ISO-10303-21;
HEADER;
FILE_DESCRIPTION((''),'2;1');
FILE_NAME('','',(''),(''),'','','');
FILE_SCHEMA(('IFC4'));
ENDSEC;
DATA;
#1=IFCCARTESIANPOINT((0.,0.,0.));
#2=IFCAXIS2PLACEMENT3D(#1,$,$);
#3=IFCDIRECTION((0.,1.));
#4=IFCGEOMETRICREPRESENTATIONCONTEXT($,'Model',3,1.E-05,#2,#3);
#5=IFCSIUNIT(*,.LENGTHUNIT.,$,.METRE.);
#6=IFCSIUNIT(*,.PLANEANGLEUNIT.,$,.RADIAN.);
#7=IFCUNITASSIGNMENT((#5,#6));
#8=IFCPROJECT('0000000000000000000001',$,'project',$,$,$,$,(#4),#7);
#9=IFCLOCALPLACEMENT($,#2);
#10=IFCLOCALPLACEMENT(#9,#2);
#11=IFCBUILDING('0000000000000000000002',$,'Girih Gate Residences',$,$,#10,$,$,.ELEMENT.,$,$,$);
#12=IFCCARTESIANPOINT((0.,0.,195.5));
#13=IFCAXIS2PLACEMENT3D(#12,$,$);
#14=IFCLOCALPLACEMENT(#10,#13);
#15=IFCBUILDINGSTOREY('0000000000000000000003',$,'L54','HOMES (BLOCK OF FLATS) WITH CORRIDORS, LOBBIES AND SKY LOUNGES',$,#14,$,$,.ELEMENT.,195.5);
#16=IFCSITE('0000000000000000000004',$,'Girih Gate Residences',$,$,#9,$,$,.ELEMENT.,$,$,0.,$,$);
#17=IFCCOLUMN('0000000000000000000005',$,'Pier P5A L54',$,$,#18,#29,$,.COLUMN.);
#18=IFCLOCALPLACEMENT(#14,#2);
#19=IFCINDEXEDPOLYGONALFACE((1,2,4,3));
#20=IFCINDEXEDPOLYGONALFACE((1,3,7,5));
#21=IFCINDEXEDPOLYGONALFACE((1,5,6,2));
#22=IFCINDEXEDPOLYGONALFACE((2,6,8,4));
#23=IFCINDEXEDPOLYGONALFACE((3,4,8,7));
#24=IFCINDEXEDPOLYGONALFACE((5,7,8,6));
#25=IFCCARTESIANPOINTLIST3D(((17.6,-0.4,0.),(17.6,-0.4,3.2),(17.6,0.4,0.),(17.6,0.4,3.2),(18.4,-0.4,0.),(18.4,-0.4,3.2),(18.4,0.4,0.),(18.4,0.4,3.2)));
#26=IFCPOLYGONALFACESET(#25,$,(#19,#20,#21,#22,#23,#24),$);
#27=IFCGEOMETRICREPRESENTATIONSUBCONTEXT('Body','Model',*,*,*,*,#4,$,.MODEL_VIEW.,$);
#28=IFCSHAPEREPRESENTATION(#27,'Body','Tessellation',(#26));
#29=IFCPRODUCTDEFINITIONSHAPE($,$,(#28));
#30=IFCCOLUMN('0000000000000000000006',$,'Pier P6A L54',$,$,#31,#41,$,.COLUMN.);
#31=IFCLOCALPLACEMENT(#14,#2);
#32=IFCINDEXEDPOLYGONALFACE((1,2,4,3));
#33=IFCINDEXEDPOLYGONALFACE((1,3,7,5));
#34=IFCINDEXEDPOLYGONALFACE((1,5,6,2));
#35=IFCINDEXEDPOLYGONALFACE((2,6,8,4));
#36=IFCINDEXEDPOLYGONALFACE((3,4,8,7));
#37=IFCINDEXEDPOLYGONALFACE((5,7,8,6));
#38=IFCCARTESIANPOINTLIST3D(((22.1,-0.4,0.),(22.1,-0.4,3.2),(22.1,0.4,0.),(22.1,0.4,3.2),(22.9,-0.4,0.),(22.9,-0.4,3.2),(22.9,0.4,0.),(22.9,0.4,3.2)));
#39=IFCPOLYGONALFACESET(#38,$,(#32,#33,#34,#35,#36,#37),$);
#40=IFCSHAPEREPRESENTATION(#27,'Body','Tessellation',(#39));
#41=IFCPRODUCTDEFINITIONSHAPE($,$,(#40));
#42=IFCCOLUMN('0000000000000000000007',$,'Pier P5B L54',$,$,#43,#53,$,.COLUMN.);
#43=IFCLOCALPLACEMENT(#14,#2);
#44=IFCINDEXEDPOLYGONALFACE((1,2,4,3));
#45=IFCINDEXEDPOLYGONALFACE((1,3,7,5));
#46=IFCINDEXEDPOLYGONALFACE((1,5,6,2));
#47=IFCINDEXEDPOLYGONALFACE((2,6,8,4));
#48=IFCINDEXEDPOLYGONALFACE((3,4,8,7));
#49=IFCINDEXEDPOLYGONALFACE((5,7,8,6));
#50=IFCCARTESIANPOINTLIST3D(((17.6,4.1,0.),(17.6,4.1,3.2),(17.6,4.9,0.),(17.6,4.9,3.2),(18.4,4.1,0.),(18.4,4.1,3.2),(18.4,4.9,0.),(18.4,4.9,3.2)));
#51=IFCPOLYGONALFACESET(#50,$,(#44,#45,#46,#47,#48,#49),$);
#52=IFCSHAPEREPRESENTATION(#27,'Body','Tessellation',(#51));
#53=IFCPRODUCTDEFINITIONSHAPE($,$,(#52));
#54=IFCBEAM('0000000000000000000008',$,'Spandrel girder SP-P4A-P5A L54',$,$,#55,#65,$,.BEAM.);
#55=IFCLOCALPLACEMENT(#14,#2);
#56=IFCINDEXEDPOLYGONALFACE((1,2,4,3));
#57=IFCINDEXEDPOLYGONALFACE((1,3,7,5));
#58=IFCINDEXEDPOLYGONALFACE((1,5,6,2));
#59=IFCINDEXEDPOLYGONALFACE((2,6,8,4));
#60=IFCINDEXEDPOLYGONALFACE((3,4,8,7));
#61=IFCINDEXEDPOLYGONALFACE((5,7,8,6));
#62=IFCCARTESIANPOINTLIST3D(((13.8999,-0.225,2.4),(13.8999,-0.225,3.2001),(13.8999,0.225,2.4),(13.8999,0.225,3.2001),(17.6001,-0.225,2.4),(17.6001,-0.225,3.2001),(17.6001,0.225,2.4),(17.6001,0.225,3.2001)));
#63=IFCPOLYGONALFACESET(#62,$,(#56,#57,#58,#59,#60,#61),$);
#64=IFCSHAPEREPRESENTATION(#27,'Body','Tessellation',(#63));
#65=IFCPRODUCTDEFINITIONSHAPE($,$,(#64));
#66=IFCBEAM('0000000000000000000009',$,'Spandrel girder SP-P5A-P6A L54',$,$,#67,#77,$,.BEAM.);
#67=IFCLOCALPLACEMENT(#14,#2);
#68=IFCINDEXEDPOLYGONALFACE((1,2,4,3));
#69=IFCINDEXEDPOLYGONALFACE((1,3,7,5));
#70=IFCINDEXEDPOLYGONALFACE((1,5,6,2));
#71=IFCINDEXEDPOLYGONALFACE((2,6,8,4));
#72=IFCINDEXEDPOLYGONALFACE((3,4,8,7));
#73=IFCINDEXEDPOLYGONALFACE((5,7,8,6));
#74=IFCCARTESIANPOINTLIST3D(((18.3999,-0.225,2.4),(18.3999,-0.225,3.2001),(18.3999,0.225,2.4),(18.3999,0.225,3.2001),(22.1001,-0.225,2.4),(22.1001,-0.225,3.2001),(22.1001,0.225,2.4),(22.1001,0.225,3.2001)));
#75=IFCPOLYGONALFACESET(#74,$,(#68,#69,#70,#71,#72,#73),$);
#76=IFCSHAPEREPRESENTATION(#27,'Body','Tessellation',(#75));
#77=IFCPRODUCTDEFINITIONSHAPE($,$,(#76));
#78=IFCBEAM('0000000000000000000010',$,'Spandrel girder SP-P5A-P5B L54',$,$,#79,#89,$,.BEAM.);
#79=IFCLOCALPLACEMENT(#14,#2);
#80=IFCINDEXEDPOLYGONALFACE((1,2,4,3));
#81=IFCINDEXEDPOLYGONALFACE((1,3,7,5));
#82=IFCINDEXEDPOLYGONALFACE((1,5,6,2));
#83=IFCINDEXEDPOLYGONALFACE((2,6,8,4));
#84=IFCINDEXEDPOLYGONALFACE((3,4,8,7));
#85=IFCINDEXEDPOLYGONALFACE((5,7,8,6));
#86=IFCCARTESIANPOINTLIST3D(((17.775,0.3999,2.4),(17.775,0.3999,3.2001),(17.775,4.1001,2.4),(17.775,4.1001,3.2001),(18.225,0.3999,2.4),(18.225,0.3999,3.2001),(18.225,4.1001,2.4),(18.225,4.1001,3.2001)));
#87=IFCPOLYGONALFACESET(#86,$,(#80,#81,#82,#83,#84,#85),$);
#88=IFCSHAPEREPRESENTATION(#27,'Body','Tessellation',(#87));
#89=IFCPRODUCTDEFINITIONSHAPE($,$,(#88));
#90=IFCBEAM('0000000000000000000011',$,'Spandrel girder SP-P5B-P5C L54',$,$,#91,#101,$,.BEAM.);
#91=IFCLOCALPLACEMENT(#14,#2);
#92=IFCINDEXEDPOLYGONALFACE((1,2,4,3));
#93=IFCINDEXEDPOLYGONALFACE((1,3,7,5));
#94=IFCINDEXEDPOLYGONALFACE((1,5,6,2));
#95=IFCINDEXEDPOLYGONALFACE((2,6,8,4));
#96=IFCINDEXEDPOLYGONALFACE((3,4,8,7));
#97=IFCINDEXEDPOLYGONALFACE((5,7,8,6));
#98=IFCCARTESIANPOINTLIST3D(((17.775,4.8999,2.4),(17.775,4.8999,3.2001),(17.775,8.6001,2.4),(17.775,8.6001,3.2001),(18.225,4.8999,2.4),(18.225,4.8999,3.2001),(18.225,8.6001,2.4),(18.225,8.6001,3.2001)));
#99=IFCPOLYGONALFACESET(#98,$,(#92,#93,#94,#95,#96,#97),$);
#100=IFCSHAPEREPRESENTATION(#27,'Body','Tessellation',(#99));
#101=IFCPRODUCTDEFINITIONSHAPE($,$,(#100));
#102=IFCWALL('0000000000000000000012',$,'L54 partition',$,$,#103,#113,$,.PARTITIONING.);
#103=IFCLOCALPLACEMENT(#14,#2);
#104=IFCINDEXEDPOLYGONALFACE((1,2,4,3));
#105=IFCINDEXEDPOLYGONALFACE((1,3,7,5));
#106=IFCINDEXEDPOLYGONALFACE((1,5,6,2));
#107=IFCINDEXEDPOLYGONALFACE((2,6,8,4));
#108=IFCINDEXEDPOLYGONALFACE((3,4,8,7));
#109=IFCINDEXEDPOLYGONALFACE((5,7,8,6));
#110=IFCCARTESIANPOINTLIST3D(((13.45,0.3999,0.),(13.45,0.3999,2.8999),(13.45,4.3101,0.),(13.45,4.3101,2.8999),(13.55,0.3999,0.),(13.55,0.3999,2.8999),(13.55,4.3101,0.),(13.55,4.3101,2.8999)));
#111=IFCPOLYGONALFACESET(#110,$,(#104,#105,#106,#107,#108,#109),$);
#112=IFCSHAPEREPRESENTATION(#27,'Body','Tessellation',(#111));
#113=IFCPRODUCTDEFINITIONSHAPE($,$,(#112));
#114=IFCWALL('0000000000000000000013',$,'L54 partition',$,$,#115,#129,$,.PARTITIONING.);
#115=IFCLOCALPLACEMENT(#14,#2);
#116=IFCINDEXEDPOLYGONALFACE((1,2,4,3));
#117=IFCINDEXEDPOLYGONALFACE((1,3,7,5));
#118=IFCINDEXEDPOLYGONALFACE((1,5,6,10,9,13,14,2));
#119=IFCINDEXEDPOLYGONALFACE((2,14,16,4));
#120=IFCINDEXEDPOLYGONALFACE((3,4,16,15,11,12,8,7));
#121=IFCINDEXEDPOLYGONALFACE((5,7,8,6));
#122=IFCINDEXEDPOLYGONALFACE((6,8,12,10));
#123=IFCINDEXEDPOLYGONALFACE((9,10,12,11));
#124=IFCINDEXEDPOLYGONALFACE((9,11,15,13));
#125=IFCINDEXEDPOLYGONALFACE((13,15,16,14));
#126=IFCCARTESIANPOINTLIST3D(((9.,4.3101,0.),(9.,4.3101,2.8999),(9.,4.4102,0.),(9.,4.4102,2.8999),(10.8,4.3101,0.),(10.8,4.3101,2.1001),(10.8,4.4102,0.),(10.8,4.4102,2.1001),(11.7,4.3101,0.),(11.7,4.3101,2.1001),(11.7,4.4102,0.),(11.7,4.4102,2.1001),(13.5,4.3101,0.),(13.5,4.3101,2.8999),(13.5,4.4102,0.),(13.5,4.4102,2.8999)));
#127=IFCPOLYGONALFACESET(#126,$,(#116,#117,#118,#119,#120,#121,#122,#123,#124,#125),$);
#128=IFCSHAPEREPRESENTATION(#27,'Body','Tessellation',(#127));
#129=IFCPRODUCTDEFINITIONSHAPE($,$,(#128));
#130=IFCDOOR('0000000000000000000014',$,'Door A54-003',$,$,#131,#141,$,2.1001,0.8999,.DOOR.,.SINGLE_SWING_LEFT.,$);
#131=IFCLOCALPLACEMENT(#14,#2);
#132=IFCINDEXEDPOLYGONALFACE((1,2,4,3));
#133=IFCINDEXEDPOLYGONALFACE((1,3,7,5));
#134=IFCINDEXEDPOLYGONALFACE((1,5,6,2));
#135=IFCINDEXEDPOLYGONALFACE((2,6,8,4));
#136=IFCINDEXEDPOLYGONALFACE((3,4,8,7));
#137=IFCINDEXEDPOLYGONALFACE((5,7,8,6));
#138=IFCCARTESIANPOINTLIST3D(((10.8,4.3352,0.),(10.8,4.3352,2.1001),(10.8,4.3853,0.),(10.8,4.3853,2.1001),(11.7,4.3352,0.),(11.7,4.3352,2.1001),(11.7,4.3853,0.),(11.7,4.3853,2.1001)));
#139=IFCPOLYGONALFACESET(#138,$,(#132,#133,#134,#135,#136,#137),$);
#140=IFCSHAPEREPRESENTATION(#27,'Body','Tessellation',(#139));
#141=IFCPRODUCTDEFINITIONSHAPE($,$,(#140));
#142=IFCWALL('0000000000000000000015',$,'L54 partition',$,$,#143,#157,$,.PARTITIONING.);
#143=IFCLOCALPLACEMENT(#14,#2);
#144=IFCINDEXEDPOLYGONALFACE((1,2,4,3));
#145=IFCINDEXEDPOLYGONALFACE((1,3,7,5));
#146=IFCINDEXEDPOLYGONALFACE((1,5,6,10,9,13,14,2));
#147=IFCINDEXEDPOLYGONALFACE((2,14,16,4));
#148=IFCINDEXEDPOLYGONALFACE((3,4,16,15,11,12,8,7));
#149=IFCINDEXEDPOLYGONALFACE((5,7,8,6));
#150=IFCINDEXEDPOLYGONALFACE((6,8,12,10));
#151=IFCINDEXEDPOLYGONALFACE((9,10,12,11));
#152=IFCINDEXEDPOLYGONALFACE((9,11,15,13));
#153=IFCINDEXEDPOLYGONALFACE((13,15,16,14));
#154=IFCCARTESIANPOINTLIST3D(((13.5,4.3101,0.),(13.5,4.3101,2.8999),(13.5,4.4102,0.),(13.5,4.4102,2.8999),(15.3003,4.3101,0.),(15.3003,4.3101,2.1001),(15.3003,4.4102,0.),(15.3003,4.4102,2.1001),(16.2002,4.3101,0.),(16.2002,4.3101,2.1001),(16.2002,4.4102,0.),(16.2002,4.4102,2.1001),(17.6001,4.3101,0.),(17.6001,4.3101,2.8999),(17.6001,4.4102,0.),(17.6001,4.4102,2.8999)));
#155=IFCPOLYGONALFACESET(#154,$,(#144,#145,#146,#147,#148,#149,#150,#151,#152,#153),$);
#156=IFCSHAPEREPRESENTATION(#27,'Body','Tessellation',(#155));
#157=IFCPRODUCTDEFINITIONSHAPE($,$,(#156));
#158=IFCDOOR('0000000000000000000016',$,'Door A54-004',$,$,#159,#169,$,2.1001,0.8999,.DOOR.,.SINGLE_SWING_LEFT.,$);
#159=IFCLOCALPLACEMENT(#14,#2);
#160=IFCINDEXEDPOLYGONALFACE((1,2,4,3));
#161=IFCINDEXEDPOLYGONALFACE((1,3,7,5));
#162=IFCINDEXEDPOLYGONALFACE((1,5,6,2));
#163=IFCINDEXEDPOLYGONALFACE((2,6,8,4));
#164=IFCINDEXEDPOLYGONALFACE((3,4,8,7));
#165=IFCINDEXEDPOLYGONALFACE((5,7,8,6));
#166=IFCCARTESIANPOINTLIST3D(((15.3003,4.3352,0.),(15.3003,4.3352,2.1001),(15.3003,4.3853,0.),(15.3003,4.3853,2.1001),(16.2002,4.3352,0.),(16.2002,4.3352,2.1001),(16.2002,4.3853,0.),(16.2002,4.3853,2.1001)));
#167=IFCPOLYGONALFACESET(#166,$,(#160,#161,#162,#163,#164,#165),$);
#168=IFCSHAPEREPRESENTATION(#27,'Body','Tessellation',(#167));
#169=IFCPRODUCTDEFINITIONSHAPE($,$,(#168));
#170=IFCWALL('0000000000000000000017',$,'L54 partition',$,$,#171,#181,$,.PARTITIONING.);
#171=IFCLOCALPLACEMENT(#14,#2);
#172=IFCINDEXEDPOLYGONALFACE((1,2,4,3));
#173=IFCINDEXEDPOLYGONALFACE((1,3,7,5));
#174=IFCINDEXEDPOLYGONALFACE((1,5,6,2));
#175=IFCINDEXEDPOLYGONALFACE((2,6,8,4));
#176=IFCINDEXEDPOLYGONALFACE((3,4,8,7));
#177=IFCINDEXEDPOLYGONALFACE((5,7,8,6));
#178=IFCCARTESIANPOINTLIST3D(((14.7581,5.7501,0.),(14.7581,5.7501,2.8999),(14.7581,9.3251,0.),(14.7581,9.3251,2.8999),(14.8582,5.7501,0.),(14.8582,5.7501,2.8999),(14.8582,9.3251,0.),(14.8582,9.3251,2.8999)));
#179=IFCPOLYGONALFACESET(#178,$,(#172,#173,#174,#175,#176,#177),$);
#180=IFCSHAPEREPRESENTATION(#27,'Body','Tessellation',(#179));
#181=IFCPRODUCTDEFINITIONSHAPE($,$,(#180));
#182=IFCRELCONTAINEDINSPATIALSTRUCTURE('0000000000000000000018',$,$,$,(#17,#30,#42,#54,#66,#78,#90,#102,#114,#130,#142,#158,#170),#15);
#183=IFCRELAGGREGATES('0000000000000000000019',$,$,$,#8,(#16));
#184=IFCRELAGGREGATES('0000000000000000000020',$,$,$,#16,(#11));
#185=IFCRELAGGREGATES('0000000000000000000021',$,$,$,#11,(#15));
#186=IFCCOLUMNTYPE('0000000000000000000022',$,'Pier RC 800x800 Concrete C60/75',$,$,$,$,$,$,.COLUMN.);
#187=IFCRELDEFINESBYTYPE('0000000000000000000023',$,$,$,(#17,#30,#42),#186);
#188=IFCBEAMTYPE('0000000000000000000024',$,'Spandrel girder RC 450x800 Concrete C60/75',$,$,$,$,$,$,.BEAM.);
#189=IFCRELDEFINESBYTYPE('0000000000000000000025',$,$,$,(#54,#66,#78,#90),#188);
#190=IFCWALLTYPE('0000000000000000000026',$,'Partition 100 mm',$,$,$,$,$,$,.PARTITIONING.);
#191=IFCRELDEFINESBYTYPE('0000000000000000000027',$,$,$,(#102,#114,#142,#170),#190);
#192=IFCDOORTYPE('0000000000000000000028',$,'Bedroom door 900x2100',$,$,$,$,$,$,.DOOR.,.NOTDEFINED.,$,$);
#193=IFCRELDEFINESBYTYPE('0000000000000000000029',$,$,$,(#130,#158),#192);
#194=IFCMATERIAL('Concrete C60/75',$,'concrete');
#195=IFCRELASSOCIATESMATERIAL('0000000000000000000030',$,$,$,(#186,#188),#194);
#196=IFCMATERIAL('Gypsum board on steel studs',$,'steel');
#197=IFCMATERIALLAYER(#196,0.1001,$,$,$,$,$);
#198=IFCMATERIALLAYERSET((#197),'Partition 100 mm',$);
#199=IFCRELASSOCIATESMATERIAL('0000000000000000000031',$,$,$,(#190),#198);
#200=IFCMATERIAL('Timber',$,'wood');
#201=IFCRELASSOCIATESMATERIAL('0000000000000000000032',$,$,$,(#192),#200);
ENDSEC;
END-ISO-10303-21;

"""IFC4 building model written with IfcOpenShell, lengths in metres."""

from ifc_helpers import new_model, si_unit, direction, frame, frame_2d, origin, origin_2d, place, context, subcontext, project, spatial, rectangle, extrude, material, layer, layer_set, material_profile, profile_set, type_object, element, fill, save


model = new_model("IFC4")

# Units and contexts
model_context = context("Model", 3, precision=1e-05, world=origin(), true_north=direction((0.0, 1.0)))
body_context = subcontext(model_context, "Body", "Model", "MODEL_VIEW")
ifc_project = project(units=[si_unit("LENGTHUNIT", "METRE"), si_unit("PLANEANGLEUNIT", "RADIAN")], contexts=[model_context])

# Site, building, storey
site_placement = place(None, origin())
site = spatial("IfcSite", under=ifc_project, at=site_placement, Name="Girih Gate Residences", CompositionType="ELEMENT", RefElevation=0.0)
building_placement = place(site_placement, origin())
building = spatial("IfcBuilding", under=site, at=building_placement, Name="Girih Gate Residences", CompositionType="ELEMENT")
storey_placement = place(building_placement, frame((0.0, 0.0, 195.5)))
storey = spatial("IfcBuildingStorey", under=building, at=storey_placement, Name="L54", Description="HOMES (BLOCK OF FLATS) WITH CORRIDORS, LOBBIES AND SKY LOUNGES", CompositionType="ELEMENT", Elevation=195.5)

# Columns
ifc_material_1 = material(Name="Concrete C60/75", Category="concrete")
ifc_material_profile_1 = material_profile(ifc_material_1, rectangle(XDim=0.8, YDim=0.8, at=origin_2d()))
ifc_profile_set_1 = profile_set([ifc_material_profile_1], Name="Concrete C60/75")
column_type = type_object("IfcColumnType", Name="Pier RC 800x800 Concrete C60/75", PredefinedType="COLUMN", material=ifc_profile_set_1)
for number, where, z_axis, x_axis, name in (
    (1, (18.0, 0.0, 0.0), (0.0, 0.0, 1.0), (1.0, 0.0, 0.0), "Pier P5A L54"),
    (2, (22.5, 0.0, 0.0), (0.0, 0.0, 1.0), (1.0, 0.0, 0.0), "Pier P6A L54"),
    (3, (18.0, 4.5, 0.0), (0.0, 0.0, 1.0), (1.0, 0.0, 0.0), "Pier P5B L54"),
):
    element("IfcColumn", number, at=place(storey_placement, frame(where, z_axis=z_axis, x_axis=x_axis)), inside=storey, type_object=column_type, Name=name, PredefinedType="COLUMN", context=body_context, shape_type="SweptSolid", body=[
        extrude(rectangle(XDim=0.8, YDim=0.8, at=origin_2d()), origin(), (0.0, 0.0, 1.0), 3.2),
    ])

# Beams
ifc_material_profile_2 = material_profile(ifc_material_1, rectangle(XDim=0.45, YDim=0.8, at=origin_2d()))
ifc_profile_set_2 = profile_set([ifc_material_profile_2], Name="Concrete C60/75")
beam_type = type_object("IfcBeamType", Name="Spandrel girder RC 450x800 Concrete C60/75", PredefinedType="BEAM", material=ifc_profile_set_2)
for number, where, z_axis, x_axis, name in (
    (4, (13.8999, 0.0, 2.8), (1.0, 0.0, 0.0), (0.0, 1.0, 0.0), "Spandrel girder SP-P4A-P5A L54"),
    (5, (18.3999, 0.0, 2.8), (1.0, 0.0, 0.0), (0.0, 1.0, 0.0), "Spandrel girder SP-P5A-P6A L54"),
    (6, (18.0, 0.3999, 2.8), (0.0, 1.0, 0.0), (-1.0, 0.0, 0.0), "Spandrel girder SP-P5A-P5B L54"),
    (7, (18.0, 4.8999, 2.8), (0.0, 1.0, 0.0), (-1.0, 0.0, 0.0), "Spandrel girder SP-P5B-P5C L54"),
):
    element("IfcBeam", number, at=place(storey_placement, frame(where, z_axis=z_axis, x_axis=x_axis)), inside=storey, type_object=beam_type, Name=name, PredefinedType="BEAM", context=body_context, shape_type="SweptSolid", body=[
        extrude(rectangle(XDim=0.45, YDim=0.8, at=origin_2d()), origin(), (0.0, 0.0, 1.0), 3.7002),
    ])

# Wall
ifc_material_2 = material(Name="Gypsum board on steel studs", Category="steel")
ifc_layer_1 = layer(ifc_material_2, 0.1001)
ifc_layer_set_1 = layer_set([ifc_layer_1], Name="Partition 100 mm")
wall_type_1 = type_object("IfcWallType", Name="Partition 100 mm", PredefinedType="PARTITIONING", material=ifc_layer_set_1)
wall_1_placement = place(storey_placement, frame((13.5, 0.3999, 0.0), z_axis=(0.0, 0.0, 1.0), x_axis=(0.0, 1.0, 0.0)))
element("IfcWall", 8, at=wall_1_placement, inside=storey, type_object=wall_type_1, Name="L54 partition", PredefinedType="PARTITIONING", context=body_context, shape_type="SweptSolid", body=[
    extrude(rectangle(XDim=3.9102, YDim=0.1001, at=frame_2d((1.9551, 0.0))), origin(), (0.0, 0.0, 1.0), 2.8999),
])

# Walls, openings, doors
wall_2_placement = place(storey_placement, frame((13.5, 4.3601, 0.0), z_axis=(0.0, 0.0, 1.0), x_axis=(-1.0, 0.0, 0.0)))
wall_2 = element("IfcWall", 9, at=wall_2_placement, inside=storey, type_object=wall_type_1, Name="L54 partition", PredefinedType="PARTITIONING", context=body_context, shape_type="SweptSolid", body=[
    extrude(rectangle(XDim=4.5, YDim=0.1001, at=frame_2d((2.25, 0.0))), origin(), (0.0, 0.0, 1.0), 2.8999),
])
opening_1_placement = place(wall_2_placement, frame((1.8, 0.0, 0.0)))
opening_1 = element("IfcOpeningElement", 10, at=opening_1_placement, cuts=wall_2, PredefinedType="OPENING", context=body_context, shape_type="SweptSolid", body=[
    extrude(rectangle(XDim=0.8999, YDim=2.1001, at=frame_2d((0.45, 1.05))), frame((0.0, 0.0601, 0.0), z_axis=(0.0, -1.0, 0.0), x_axis=(1.0, 0.0, 0.0)), (0.0, 0.0, 1.0), 0.1201),
])
ifc_material_3 = material(Name="Timber", Category="wood")
door_type_1 = type_object("IfcDoorType", Name="Bedroom door 900x2100", OperationType="NOTDEFINED", PredefinedType="DOOR", material=ifc_material_3)
door_1_placement = place(opening_1_placement, origin())
door_1 = element("IfcDoor", 11, at=door_1_placement, inside=storey, type_object=door_type_1, Name="Door A54-003", OperationType="SINGLE_SWING_LEFT", OverallHeight=2.1001, OverallWidth=0.8999, PredefinedType="DOOR", context=body_context, shape_type="SweptSolid", body=[
    extrude(rectangle(XDim=0.8999, YDim=2.1001, at=frame_2d((0.45, 1.05))), frame((0.0, 0.0249, 0.0), z_axis=(0.0, -1.0, 0.0), x_axis=(1.0, 0.0, 0.0)), (0.0, 0.0, 1.0), 0.05),
])
fill(opening_1, door_1)
wall_3_placement = place(storey_placement, frame((17.6001, 4.3601, 0.0), z_axis=(0.0, 0.0, 1.0), x_axis=(-1.0, 0.0, 0.0)))
wall_3 = element("IfcWall", 12, at=wall_3_placement, inside=storey, type_object=wall_type_1, Name="L54 partition", PredefinedType="PARTITIONING", context=body_context, shape_type="SweptSolid", body=[
    extrude(rectangle(XDim=4.1001, YDim=0.1001, at=frame_2d((2.05, 0.0))), origin(), (0.0, 0.0, 1.0), 2.8999),
])
opening_2_placement = place(wall_3_placement, frame((1.3999, 0.0, 0.0)))
opening_2 = element("IfcOpeningElement", 13, at=opening_2_placement, cuts=wall_3, PredefinedType="OPENING", context=body_context, shape_type="SweptSolid", body=[
    extrude(rectangle(XDim=0.8999, YDim=2.1001, at=frame_2d((0.45, 1.05))), frame((0.0, 0.0601, 0.0), z_axis=(0.0, -1.0, 0.0), x_axis=(1.0, 0.0, 0.0)), (0.0, 0.0, 1.0), 0.1201),
])
door_2_placement = place(opening_2_placement, origin())
door_2 = element("IfcDoor", 14, at=door_2_placement, inside=storey, type_object=door_type_1, Name="Door A54-004", OperationType="SINGLE_SWING_LEFT", OverallHeight=2.1001, OverallWidth=0.8999, PredefinedType="DOOR", context=body_context, shape_type="SweptSolid", body=[
    extrude(rectangle(XDim=0.8999, YDim=2.1001, at=frame_2d((0.45, 1.05))), frame((0.0, 0.0249, 0.0), z_axis=(0.0, -1.0, 0.0), x_axis=(1.0, 0.0, 0.0)), (0.0, 0.0, 1.0), 0.05),
])
fill(opening_2, door_2)

# Wall
wall_4_placement = place(storey_placement, frame((14.8081, 5.75, 0.0), z_axis=(0.0, 0.0, 1.0), x_axis=(0.0, 1.0, 0.0)))
element("IfcWall", 15, at=wall_4_placement, inside=storey, type_object=wall_type_1, Name="L54 partition", PredefinedType="PARTITIONING", context=body_context, shape_type="SweptSolid", body=[
    extrude(rectangle(XDim=3.575, YDim=0.1001, at=frame_2d((1.7876, 0.0))), origin(), (0.0, 0.0, 1.0), 2.8999),
])

save(model, "model.ifc")
